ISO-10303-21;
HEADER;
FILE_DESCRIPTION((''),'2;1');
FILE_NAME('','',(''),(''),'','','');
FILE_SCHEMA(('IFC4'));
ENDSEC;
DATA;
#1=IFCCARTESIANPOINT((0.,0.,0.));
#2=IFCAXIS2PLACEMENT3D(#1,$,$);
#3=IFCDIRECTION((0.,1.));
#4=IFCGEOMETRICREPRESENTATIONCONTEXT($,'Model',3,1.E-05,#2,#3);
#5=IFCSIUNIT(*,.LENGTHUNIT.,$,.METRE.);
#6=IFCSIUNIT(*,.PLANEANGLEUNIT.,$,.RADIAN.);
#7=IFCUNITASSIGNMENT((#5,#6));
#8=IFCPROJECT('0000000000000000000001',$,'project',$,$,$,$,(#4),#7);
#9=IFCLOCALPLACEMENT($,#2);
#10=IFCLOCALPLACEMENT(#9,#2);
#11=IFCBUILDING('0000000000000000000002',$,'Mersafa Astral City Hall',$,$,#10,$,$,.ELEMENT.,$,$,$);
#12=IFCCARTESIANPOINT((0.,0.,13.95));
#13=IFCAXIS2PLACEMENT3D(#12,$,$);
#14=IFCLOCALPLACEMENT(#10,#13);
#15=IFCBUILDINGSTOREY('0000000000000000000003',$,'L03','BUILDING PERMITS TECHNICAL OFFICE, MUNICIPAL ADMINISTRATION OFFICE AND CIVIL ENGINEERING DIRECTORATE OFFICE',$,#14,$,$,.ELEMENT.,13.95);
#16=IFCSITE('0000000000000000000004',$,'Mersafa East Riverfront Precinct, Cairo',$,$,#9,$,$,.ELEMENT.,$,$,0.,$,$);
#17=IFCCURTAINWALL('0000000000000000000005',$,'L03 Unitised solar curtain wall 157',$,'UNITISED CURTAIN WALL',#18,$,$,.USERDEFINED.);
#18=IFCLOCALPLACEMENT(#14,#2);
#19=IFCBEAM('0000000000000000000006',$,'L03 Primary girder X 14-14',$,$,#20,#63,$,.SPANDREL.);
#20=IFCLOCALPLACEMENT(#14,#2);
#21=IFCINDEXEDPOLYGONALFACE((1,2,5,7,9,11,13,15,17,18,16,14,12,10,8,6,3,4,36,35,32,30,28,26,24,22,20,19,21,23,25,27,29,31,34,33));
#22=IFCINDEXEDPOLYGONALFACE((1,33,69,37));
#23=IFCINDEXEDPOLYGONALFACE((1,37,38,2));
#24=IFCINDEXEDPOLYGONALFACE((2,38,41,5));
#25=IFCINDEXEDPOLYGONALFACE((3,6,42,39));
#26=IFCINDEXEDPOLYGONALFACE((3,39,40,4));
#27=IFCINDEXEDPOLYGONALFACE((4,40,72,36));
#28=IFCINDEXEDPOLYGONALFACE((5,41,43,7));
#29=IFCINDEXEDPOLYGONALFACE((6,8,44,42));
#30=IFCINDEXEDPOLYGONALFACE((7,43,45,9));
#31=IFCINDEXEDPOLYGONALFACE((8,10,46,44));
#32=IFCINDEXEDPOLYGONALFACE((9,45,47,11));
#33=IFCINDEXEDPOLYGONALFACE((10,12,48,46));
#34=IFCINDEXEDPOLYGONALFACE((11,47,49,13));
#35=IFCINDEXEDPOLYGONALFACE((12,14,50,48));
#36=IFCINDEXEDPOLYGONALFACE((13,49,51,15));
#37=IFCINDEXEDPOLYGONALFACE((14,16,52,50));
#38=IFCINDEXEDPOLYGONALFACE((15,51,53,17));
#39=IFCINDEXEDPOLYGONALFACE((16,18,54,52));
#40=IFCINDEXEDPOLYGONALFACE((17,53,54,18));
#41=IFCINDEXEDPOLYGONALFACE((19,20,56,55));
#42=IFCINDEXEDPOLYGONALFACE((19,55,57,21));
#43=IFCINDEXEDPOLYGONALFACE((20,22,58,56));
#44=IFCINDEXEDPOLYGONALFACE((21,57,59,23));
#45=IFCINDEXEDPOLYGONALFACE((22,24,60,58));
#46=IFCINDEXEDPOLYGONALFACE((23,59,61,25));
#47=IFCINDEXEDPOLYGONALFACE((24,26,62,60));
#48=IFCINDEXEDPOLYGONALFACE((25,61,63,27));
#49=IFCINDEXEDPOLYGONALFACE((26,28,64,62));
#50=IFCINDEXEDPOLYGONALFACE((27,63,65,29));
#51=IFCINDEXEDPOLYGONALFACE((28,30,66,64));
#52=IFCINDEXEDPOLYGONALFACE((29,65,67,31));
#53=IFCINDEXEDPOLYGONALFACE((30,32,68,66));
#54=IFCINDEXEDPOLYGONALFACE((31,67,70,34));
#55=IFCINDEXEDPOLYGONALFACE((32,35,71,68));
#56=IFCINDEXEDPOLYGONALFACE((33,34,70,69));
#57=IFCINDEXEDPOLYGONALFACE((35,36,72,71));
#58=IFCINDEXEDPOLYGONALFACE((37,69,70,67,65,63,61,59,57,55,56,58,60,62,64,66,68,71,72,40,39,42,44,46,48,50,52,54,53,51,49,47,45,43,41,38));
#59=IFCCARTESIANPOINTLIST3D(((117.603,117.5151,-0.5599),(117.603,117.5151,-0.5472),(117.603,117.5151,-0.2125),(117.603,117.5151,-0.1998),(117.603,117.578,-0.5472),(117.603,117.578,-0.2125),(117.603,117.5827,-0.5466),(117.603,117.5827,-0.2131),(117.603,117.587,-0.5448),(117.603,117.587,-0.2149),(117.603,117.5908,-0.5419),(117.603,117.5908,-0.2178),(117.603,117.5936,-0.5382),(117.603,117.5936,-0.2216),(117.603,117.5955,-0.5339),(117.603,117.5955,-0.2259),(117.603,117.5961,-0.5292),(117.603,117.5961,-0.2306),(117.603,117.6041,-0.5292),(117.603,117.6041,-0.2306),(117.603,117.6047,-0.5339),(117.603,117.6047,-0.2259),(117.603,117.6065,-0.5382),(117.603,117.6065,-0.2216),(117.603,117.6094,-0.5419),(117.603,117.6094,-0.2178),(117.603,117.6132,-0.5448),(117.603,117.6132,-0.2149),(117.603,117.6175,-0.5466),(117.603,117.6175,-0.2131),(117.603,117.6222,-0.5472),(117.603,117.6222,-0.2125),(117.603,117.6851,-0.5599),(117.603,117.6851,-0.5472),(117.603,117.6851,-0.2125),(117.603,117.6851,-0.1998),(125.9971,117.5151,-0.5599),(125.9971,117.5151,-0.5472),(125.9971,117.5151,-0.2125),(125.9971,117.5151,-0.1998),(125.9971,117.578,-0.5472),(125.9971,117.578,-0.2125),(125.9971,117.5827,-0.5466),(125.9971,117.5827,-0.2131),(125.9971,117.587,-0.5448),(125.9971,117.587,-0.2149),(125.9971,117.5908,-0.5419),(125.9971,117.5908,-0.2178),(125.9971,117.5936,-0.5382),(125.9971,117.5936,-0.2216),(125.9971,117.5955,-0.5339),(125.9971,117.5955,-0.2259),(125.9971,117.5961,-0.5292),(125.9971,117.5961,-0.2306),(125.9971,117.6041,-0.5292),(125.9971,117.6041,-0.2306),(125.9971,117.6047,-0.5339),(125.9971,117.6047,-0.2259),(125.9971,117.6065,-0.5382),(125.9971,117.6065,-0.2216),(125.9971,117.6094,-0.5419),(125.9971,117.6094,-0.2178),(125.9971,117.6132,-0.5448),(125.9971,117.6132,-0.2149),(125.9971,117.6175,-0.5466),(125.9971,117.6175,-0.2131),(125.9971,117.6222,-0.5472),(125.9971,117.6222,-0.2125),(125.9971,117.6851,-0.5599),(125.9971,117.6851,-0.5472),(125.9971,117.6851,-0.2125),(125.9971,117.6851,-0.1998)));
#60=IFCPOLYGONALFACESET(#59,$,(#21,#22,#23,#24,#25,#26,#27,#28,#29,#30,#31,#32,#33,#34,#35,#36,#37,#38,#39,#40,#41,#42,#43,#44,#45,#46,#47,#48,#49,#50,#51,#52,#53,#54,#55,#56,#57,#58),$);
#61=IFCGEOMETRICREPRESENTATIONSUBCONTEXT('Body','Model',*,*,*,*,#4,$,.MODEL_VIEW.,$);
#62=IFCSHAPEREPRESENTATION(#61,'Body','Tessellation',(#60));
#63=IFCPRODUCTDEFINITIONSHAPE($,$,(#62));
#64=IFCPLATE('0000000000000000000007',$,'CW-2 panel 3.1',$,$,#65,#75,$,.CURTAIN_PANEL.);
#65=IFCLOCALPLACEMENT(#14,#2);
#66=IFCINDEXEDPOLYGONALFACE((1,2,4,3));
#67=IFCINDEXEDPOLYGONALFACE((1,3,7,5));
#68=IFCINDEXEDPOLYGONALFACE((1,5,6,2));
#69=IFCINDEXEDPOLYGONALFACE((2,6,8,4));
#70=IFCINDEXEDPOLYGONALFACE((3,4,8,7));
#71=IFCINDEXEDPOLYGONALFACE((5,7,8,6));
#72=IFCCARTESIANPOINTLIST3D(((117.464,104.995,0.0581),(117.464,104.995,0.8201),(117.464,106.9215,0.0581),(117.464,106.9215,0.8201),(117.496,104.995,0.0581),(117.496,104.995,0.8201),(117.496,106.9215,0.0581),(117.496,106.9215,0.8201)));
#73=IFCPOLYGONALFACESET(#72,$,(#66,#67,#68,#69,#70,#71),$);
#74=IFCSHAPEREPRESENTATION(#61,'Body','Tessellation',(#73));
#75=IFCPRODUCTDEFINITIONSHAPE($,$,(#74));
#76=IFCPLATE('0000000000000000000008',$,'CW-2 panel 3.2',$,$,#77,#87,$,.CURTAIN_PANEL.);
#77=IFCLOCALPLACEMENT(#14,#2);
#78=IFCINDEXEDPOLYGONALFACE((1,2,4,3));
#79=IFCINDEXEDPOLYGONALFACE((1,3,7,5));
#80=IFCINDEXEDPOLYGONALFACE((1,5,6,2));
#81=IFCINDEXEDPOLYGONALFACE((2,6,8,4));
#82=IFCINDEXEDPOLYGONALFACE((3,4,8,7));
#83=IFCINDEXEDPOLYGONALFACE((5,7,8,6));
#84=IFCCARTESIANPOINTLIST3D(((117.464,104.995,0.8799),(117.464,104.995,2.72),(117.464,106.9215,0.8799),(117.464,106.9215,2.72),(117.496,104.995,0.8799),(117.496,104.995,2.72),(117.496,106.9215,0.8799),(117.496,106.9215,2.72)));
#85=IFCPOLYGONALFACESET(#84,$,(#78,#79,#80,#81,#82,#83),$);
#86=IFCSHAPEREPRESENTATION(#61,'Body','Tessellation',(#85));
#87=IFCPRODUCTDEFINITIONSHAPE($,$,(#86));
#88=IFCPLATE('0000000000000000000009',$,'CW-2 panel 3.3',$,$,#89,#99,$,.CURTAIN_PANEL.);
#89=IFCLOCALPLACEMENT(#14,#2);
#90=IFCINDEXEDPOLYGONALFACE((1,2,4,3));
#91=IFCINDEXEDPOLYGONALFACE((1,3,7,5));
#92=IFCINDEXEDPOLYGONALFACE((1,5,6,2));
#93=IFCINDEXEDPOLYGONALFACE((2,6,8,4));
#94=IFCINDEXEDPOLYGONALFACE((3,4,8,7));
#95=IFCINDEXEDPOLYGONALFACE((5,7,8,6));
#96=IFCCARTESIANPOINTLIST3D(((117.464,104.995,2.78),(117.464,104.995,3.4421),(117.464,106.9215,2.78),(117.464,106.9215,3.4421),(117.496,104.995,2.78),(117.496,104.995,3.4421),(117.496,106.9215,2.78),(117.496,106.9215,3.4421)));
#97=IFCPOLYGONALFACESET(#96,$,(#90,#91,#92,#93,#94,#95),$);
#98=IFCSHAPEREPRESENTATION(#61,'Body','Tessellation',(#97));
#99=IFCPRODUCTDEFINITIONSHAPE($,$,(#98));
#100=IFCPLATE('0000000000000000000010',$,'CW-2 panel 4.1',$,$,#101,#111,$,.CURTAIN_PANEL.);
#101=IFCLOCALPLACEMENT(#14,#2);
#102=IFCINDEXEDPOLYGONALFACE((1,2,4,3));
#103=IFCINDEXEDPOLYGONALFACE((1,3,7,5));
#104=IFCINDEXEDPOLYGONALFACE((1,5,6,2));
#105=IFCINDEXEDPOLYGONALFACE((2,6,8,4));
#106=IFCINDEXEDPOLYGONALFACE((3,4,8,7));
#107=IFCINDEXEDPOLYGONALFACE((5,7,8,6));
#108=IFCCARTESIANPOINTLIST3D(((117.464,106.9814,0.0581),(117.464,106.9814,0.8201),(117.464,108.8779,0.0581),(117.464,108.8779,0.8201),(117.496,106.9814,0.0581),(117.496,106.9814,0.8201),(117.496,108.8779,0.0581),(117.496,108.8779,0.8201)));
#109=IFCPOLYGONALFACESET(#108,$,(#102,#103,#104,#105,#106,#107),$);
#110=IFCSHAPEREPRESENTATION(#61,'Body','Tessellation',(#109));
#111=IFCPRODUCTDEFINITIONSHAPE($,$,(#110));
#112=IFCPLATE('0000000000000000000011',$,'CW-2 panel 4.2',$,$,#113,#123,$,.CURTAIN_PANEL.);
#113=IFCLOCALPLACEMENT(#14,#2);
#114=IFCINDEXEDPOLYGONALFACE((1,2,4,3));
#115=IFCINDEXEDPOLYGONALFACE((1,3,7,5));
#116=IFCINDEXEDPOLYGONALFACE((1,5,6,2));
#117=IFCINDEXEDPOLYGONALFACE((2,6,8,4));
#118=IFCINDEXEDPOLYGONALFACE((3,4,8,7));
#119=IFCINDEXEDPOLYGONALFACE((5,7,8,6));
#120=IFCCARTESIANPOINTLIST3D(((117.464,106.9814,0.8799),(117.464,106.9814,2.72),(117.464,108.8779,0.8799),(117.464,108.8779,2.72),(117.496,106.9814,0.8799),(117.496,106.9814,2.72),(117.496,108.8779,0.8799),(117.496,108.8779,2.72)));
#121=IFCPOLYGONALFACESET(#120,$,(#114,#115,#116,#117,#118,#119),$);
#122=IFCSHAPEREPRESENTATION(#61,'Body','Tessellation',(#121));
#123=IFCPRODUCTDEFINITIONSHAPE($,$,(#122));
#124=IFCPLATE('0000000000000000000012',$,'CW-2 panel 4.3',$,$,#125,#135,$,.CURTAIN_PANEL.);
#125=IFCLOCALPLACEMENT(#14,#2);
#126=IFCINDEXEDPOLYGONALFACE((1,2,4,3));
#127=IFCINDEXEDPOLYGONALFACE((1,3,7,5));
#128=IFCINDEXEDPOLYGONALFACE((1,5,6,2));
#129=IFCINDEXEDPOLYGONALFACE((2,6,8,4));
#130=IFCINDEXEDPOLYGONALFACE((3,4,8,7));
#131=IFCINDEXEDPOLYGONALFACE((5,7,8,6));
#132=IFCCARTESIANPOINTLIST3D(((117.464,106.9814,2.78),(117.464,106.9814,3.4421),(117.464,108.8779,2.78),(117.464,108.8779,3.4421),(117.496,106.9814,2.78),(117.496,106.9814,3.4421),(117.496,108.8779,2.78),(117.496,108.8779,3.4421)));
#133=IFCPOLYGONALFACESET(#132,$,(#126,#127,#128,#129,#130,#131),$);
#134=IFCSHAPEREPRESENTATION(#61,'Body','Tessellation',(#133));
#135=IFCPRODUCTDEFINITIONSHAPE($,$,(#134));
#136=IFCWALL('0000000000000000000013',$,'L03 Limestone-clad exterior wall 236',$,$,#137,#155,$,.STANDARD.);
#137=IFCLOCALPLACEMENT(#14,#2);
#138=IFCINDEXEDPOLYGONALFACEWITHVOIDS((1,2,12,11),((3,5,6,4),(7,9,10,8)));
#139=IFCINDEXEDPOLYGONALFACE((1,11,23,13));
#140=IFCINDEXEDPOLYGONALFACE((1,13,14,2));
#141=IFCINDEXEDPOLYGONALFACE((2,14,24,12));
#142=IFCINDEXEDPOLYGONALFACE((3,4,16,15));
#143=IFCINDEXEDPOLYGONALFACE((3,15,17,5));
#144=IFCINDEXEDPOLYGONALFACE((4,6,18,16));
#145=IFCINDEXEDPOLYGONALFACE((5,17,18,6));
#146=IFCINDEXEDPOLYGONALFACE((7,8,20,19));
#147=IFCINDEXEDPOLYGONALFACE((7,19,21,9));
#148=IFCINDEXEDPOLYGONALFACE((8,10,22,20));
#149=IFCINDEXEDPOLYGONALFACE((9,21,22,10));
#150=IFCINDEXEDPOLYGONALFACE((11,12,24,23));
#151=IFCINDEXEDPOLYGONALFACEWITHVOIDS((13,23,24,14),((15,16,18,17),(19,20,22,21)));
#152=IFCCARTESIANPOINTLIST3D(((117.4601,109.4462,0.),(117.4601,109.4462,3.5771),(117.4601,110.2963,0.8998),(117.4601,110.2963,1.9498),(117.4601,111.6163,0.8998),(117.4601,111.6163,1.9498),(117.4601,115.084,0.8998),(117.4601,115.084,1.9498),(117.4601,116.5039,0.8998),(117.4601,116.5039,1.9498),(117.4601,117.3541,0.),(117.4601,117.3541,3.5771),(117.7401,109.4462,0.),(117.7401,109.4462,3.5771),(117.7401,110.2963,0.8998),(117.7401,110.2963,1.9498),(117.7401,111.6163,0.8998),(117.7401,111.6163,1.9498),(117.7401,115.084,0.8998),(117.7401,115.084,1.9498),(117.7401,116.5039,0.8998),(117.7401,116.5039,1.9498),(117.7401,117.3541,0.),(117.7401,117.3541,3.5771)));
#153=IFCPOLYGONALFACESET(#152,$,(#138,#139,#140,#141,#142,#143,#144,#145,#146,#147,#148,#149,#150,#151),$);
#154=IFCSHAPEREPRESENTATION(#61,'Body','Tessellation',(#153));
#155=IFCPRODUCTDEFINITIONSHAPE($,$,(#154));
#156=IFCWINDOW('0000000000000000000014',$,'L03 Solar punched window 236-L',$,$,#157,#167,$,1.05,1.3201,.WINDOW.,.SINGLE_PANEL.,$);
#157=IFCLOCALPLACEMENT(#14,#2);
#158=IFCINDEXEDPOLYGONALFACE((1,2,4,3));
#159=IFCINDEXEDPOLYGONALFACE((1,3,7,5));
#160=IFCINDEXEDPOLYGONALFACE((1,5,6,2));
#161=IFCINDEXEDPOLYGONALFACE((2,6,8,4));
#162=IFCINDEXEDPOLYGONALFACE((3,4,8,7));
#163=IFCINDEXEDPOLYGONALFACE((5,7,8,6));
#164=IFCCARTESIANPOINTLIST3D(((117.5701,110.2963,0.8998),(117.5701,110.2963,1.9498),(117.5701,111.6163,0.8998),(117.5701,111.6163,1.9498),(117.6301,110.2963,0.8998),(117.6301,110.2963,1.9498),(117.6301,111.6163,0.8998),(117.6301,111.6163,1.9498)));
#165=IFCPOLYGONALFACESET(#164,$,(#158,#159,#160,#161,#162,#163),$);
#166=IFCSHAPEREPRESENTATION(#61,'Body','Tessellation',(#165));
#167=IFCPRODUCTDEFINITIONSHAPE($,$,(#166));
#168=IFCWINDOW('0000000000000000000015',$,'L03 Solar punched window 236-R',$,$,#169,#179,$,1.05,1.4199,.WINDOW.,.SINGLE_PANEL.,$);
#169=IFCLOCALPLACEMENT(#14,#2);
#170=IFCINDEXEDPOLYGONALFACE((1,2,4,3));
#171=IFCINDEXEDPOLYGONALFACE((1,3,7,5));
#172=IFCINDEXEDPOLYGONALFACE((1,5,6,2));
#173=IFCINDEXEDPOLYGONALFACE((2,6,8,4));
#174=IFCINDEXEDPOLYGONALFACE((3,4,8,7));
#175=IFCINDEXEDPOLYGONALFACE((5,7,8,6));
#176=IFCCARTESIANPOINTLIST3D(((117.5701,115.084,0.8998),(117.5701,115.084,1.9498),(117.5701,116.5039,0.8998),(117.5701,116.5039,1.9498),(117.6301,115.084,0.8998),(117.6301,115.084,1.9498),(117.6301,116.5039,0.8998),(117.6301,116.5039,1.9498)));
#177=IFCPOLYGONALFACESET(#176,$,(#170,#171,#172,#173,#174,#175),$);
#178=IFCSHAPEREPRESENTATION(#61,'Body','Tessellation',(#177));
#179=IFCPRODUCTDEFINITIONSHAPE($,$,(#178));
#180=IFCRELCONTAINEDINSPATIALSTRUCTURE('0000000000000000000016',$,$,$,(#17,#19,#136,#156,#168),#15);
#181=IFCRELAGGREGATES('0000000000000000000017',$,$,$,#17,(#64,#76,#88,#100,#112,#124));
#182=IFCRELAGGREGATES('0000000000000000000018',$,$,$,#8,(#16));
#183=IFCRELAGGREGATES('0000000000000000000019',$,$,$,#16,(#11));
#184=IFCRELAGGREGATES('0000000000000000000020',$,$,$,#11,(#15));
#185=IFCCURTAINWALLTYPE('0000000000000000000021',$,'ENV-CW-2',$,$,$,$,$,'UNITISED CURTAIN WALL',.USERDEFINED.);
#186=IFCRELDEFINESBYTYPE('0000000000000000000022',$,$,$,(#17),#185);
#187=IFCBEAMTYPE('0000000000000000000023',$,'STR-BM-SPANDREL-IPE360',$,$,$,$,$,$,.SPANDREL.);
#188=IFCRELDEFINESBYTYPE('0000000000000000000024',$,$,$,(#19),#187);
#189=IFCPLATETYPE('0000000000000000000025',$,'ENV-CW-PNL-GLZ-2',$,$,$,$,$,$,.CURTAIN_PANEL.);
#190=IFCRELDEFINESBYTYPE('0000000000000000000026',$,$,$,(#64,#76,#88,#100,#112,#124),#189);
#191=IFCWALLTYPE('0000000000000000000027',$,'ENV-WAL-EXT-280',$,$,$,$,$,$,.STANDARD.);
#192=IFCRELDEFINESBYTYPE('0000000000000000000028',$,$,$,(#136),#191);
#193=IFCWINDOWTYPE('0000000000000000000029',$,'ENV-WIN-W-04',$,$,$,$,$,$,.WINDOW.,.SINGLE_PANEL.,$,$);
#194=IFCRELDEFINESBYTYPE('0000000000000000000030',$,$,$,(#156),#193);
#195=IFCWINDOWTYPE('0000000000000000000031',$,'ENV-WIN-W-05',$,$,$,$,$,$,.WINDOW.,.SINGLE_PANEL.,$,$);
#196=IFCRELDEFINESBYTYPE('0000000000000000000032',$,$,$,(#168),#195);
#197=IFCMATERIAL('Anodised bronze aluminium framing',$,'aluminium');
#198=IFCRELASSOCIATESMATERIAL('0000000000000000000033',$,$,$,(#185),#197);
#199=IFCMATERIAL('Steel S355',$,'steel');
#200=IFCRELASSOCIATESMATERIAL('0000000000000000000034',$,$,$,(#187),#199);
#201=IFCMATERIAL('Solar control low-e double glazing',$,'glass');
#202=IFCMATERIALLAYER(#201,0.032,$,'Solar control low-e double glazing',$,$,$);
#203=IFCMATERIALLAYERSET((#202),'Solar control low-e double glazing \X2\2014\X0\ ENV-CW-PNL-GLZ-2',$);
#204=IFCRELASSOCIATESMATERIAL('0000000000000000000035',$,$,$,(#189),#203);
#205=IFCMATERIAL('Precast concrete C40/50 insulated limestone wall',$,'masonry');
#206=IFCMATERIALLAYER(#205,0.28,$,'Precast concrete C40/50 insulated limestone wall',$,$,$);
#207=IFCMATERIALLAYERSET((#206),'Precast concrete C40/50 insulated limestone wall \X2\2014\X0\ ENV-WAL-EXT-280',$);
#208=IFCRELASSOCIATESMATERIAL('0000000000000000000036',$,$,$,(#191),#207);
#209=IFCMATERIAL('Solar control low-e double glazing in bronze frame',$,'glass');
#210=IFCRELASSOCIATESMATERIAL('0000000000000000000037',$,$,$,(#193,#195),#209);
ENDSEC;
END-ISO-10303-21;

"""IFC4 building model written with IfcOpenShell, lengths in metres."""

from ifc_helpers import new_model, si_unit, direction, frame, frame_2d, origin, origin_2d, place, context, subcontext, project, spatial, rectangle, i_section, extrude, material, layer, layer_set, material_profile, profile_set, type_object, element, fill, aggregate, save


model = new_model("IFC4")

# Units and contexts
model_context = context("Model", 3, precision=1e-05, world=origin(), true_north=direction((0.0, 1.0)))
body_context = subcontext(model_context, "Body", "Model", "MODEL_VIEW")
ifc_project = project(units=[si_unit("LENGTHUNIT", "METRE"), si_unit("PLANEANGLEUNIT", "RADIAN")], contexts=[model_context])

# Site, building, storey
site_placement = place(None, origin())
site = spatial("IfcSite", under=ifc_project, at=site_placement, Name="Mersafa East Riverfront Precinct, Cairo", CompositionType="ELEMENT", RefElevation=0.0)
building_placement = place(site_placement, origin())
building = spatial("IfcBuilding", under=site, at=building_placement, Name="Mersafa Astral City Hall", CompositionType="ELEMENT")
storey_placement = place(building_placement, frame((0.0, 0.0, 13.95)))
storey = spatial("IfcBuildingStorey", under=building, at=storey_placement, Name="L03", Description="BUILDING PERMITS TECHNICAL OFFICE, MUNICIPAL ADMINISTRATION OFFICE AND CIVIL ENGINEERING DIRECTORATE OFFICE", CompositionType="ELEMENT", Elevation=13.95)

# Shared definitions
ifc_material_1 = material(Name="Steel S355", Category="steel")

# Curtain wall
ifc_material_2 = material(Name="Anodised bronze aluminium framing", Category="aluminium")
curtain_wall_type = type_object("IfcCurtainWallType", Name="ENV-CW-2", ElementType="UNITISED CURTAIN WALL", PredefinedType="USERDEFINED", material=ifc_material_2)
curtain_wall_placement = place(storey_placement, origin())
curtain_wall = element("IfcCurtainWall", 1, at=curtain_wall_placement, inside=storey, type_object=curtain_wall_type, Name="L03 Unitised solar curtain wall 157", ObjectType="UNITISED CURTAIN WALL", PredefinedType="USERDEFINED")

# Beam
ifc_material_profile_1 = material_profile(ifc_material_1, i_section(OverallWidth=0.1699, OverallDepth=0.3601, WebThickness=0.0081, FlangeThickness=0.0127, FilletRadius=0.0181, at=origin_2d()), Name="IPE 360")
ifc_profile_set_1 = profile_set([ifc_material_profile_1], Name="Steel S355")
beam_type_1 = type_object("IfcBeamType", Name="STR-BM-SPANDREL-IPE360", PredefinedType="SPANDREL", material=ifc_profile_set_1)
beam_1_placement = place(storey_placement, frame((117.603, 117.6001, -0.3799), z_axis=(1.0, 0.0, 0.0), x_axis=(0.0, 1.0, 0.0)))
element("IfcBeam", 2, at=beam_1_placement, inside=storey, type_object=beam_type_1, Name="L03 Primary girder X 14-14", PredefinedType="SPANDREL", context=body_context, shape_type="SweptSolid", body=[
    extrude(i_section(OverallWidth=0.1699, OverallDepth=0.3601, WebThickness=0.0081, FlangeThickness=0.0127, FilletRadius=0.0181, at=origin_2d()), origin(), (0.0, 0.0, 1.0), 8.394),
])

# Plates
ifc_material_3 = material(Name="Solar control low-e double glazing", Category="glass")
ifc_layer_1 = layer(ifc_material_3, 0.032, Name="Solar control low-e double glazing")
ifc_layer_set_1 = layer_set([ifc_layer_1], Name="Solar control low-e double glazing — ENV-CW-PNL-GLZ-2")
plate_type = type_object("IfcPlateType", Name="ENV-CW-PNL-GLZ-2", PredefinedType="CURTAIN_PANEL", material=ifc_layer_set_1)
plate_1_placement = place(storey_placement, frame((117.48, 105.9583, 0.0581), z_axis=(0.0, 0.0, 1.0), x_axis=(0.0, 1.0, 0.0)))
plate_1 = element("IfcPlate", 3, at=plate_1_placement, type_object=plate_type, Name="CW-2 panel 3.1", PredefinedType="CURTAIN_PANEL", context=body_context, shape_type="SweptSolid", body=[
    extrude(rectangle(XDim=1.9265, YDim=0.032, at=origin_2d()), origin(), (0.0, 0.0, 1.0), 0.762),
])
plate_2_placement = place(storey_placement, frame((117.48, 105.9583, 0.8799), z_axis=(0.0, 0.0, 1.0), x_axis=(0.0, 1.0, 0.0)))
plate_2 = element("IfcPlate", 4, at=plate_2_placement, type_object=plate_type, Name="CW-2 panel 3.2", PredefinedType="CURTAIN_PANEL", context=body_context, shape_type="SweptSolid", body=[
    extrude(rectangle(XDim=1.9265, YDim=0.032, at=origin_2d()), origin(), (0.0, 0.0, 1.0), 1.8401),
])
plate_3_placement = place(storey_placement, frame((117.48, 105.9583, 2.78), z_axis=(0.0, 0.0, 1.0), x_axis=(0.0, 1.0, 0.0)))
plate_3 = element("IfcPlate", 5, at=plate_3_placement, type_object=plate_type, Name="CW-2 panel 3.3", PredefinedType="CURTAIN_PANEL", context=body_context, shape_type="SweptSolid", body=[
    extrude(rectangle(XDim=1.9265, YDim=0.032, at=origin_2d()), origin(), (0.0, 0.0, 1.0), 0.6621),
])
plate_4_placement = place(storey_placement, frame((117.48, 107.9297, 0.0581), z_axis=(0.0, 0.0, 1.0), x_axis=(0.0, 1.0, 0.0)))
plate_4 = element("IfcPlate", 6, at=plate_4_placement, type_object=plate_type, Name="CW-2 panel 4.1", PredefinedType="CURTAIN_PANEL", context=body_context, shape_type="SweptSolid", body=[
    extrude(rectangle(XDim=1.8965, YDim=0.032, at=origin_2d()), origin(), (0.0, 0.0, 1.0), 0.762),
])
plate_5_placement = place(storey_placement, frame((117.48, 107.9297, 0.8799), z_axis=(0.0, 0.0, 1.0), x_axis=(0.0, 1.0, 0.0)))
plate_5 = element("IfcPlate", 7, at=plate_5_placement, type_object=plate_type, Name="CW-2 panel 4.2", PredefinedType="CURTAIN_PANEL", context=body_context, shape_type="SweptSolid", body=[
    extrude(rectangle(XDim=1.8965, YDim=0.032, at=origin_2d()), origin(), (0.0, 0.0, 1.0), 1.8401),
])
plate_6_placement = place(storey_placement, frame((117.48, 107.9297, 2.78), z_axis=(0.0, 0.0, 1.0), x_axis=(0.0, 1.0, 0.0)))
plate_6 = element("IfcPlate", 8, at=plate_6_placement, type_object=plate_type, Name="CW-2 panel 4.3", PredefinedType="CURTAIN_PANEL", context=body_context, shape_type="SweptSolid", body=[
    extrude(rectangle(XDim=1.8965, YDim=0.032, at=origin_2d()), origin(), (0.0, 0.0, 1.0), 0.6621),
])
aggregate(curtain_wall, [plate_1, plate_2, plate_3, plate_4, plate_5, plate_6])

# Wall, openings, windows
ifc_material_4 = material(Name="Precast concrete C40/50 insulated limestone wall", Category="masonry")
ifc_layer_2 = layer(ifc_material_4, 0.28, Name="Precast concrete C40/50 insulated limestone wall")
ifc_layer_set_2 = layer_set([ifc_layer_2], Name="Precast concrete C40/50 insulated limestone wall — ENV-WAL-EXT-280")
wall_type = type_object("IfcWallType", Name="ENV-WAL-EXT-280", PredefinedType="STANDARD", material=ifc_layer_set_2)
wall_placement = place(storey_placement, frame((117.6001, 109.446, 0.0), z_axis=(0.0, 0.0, 1.0), x_axis=(0.0, 1.0, 0.0)))
wall = element("IfcWall", 9, at=wall_placement, inside=storey, type_object=wall_type, Name="L03 Limestone-clad exterior wall 236", PredefinedType="STANDARD", context=body_context, shape_type="SweptSolid", body=[
    extrude(rectangle(XDim=7.908, YDim=0.28, at=frame_2d((3.9541, 0.0))), origin(), (0.0, 0.0, 1.0), 3.5771),
])
opening_1_placement = place(wall_placement, frame((0.8501, 0.0, 0.8999)))
opening_1 = element("IfcOpeningElement", 10, at=opening_1_placement, cuts=wall, PredefinedType="OPENING", context=body_context, shape_type="SweptSolid", body=[
    extrude(rectangle(XDim=1.3201, YDim=1.05, at=frame_2d((0.6602, 0.5249))), frame((0.0, 0.1499, 0.0), z_axis=(0.0, -1.0, 0.0), x_axis=(1.0, 0.0, 0.0)), (0.0, 0.0, 1.0), 0.3),
])
opening_2_placement = place(wall_placement, frame((5.6379, 0.0, 0.8999)))
opening_2 = element("IfcOpeningElement", 11, at=opening_2_placement, cuts=wall, PredefinedType="OPENING", context=body_context, shape_type="SweptSolid", body=[
    extrude(rectangle(XDim=1.4199, YDim=1.05, at=frame_2d((0.71, 0.5249))), frame((0.0, 0.1499, 0.0), z_axis=(0.0, -1.0, 0.0), x_axis=(1.0, 0.0, 0.0)), (0.0, 0.0, 1.0), 0.3),
])
ifc_material_5 = material(Name="Solar control low-e double glazing in bronze frame", Category="glass")
window_type_1 = type_object("IfcWindowType", Name="ENV-WIN-W-04", PartitioningType="SINGLE_PANEL", PredefinedType="WINDOW", material=ifc_material_5)
window_1_placement = place(opening_1_placement, origin())
window_1 = element("IfcWindow", 12, at=window_1_placement, inside=storey, type_object=window_type_1, Name="L03 Solar punched window 236-L", OverallHeight=1.05, OverallWidth=1.3201, PartitioningType="SINGLE_PANEL", PredefinedType="WINDOW", context=body_context, shape_type="SweptSolid", body=[
    extrude(rectangle(XDim=1.3201, YDim=1.05, at=frame_2d((0.6602, 0.5249))), frame((0.0, 0.03, 0.0), z_axis=(0.0, -1.0, 0.0), x_axis=(1.0, 0.0, 0.0)), (0.0, 0.0, 1.0), 0.0601),
])
fill(opening_1, window_1)
window_type_2 = type_object("IfcWindowType", Name="ENV-WIN-W-05", PartitioningType="SINGLE_PANEL", PredefinedType="WINDOW", material=ifc_material_5)
window_2_placement = place(opening_2_placement, origin())
window_2 = element("IfcWindow", 13, at=window_2_placement, inside=storey, type_object=window_type_2, Name="L03 Solar punched window 236-R", OverallHeight=1.05, OverallWidth=1.4199, PartitioningType="SINGLE_PANEL", PredefinedType="WINDOW", context=body_context, shape_type="SweptSolid", body=[
    extrude(rectangle(XDim=1.4199, YDim=1.05, at=frame_2d((0.71, 0.5249))), frame((0.0, 0.03, 0.0), z_axis=(0.0, -1.0, 0.0), x_axis=(1.0, 0.0, 0.0)), (0.0, 0.0, 1.0), 0.0601),
])
fill(opening_2, window_2)

save(model, "model.ifc")
